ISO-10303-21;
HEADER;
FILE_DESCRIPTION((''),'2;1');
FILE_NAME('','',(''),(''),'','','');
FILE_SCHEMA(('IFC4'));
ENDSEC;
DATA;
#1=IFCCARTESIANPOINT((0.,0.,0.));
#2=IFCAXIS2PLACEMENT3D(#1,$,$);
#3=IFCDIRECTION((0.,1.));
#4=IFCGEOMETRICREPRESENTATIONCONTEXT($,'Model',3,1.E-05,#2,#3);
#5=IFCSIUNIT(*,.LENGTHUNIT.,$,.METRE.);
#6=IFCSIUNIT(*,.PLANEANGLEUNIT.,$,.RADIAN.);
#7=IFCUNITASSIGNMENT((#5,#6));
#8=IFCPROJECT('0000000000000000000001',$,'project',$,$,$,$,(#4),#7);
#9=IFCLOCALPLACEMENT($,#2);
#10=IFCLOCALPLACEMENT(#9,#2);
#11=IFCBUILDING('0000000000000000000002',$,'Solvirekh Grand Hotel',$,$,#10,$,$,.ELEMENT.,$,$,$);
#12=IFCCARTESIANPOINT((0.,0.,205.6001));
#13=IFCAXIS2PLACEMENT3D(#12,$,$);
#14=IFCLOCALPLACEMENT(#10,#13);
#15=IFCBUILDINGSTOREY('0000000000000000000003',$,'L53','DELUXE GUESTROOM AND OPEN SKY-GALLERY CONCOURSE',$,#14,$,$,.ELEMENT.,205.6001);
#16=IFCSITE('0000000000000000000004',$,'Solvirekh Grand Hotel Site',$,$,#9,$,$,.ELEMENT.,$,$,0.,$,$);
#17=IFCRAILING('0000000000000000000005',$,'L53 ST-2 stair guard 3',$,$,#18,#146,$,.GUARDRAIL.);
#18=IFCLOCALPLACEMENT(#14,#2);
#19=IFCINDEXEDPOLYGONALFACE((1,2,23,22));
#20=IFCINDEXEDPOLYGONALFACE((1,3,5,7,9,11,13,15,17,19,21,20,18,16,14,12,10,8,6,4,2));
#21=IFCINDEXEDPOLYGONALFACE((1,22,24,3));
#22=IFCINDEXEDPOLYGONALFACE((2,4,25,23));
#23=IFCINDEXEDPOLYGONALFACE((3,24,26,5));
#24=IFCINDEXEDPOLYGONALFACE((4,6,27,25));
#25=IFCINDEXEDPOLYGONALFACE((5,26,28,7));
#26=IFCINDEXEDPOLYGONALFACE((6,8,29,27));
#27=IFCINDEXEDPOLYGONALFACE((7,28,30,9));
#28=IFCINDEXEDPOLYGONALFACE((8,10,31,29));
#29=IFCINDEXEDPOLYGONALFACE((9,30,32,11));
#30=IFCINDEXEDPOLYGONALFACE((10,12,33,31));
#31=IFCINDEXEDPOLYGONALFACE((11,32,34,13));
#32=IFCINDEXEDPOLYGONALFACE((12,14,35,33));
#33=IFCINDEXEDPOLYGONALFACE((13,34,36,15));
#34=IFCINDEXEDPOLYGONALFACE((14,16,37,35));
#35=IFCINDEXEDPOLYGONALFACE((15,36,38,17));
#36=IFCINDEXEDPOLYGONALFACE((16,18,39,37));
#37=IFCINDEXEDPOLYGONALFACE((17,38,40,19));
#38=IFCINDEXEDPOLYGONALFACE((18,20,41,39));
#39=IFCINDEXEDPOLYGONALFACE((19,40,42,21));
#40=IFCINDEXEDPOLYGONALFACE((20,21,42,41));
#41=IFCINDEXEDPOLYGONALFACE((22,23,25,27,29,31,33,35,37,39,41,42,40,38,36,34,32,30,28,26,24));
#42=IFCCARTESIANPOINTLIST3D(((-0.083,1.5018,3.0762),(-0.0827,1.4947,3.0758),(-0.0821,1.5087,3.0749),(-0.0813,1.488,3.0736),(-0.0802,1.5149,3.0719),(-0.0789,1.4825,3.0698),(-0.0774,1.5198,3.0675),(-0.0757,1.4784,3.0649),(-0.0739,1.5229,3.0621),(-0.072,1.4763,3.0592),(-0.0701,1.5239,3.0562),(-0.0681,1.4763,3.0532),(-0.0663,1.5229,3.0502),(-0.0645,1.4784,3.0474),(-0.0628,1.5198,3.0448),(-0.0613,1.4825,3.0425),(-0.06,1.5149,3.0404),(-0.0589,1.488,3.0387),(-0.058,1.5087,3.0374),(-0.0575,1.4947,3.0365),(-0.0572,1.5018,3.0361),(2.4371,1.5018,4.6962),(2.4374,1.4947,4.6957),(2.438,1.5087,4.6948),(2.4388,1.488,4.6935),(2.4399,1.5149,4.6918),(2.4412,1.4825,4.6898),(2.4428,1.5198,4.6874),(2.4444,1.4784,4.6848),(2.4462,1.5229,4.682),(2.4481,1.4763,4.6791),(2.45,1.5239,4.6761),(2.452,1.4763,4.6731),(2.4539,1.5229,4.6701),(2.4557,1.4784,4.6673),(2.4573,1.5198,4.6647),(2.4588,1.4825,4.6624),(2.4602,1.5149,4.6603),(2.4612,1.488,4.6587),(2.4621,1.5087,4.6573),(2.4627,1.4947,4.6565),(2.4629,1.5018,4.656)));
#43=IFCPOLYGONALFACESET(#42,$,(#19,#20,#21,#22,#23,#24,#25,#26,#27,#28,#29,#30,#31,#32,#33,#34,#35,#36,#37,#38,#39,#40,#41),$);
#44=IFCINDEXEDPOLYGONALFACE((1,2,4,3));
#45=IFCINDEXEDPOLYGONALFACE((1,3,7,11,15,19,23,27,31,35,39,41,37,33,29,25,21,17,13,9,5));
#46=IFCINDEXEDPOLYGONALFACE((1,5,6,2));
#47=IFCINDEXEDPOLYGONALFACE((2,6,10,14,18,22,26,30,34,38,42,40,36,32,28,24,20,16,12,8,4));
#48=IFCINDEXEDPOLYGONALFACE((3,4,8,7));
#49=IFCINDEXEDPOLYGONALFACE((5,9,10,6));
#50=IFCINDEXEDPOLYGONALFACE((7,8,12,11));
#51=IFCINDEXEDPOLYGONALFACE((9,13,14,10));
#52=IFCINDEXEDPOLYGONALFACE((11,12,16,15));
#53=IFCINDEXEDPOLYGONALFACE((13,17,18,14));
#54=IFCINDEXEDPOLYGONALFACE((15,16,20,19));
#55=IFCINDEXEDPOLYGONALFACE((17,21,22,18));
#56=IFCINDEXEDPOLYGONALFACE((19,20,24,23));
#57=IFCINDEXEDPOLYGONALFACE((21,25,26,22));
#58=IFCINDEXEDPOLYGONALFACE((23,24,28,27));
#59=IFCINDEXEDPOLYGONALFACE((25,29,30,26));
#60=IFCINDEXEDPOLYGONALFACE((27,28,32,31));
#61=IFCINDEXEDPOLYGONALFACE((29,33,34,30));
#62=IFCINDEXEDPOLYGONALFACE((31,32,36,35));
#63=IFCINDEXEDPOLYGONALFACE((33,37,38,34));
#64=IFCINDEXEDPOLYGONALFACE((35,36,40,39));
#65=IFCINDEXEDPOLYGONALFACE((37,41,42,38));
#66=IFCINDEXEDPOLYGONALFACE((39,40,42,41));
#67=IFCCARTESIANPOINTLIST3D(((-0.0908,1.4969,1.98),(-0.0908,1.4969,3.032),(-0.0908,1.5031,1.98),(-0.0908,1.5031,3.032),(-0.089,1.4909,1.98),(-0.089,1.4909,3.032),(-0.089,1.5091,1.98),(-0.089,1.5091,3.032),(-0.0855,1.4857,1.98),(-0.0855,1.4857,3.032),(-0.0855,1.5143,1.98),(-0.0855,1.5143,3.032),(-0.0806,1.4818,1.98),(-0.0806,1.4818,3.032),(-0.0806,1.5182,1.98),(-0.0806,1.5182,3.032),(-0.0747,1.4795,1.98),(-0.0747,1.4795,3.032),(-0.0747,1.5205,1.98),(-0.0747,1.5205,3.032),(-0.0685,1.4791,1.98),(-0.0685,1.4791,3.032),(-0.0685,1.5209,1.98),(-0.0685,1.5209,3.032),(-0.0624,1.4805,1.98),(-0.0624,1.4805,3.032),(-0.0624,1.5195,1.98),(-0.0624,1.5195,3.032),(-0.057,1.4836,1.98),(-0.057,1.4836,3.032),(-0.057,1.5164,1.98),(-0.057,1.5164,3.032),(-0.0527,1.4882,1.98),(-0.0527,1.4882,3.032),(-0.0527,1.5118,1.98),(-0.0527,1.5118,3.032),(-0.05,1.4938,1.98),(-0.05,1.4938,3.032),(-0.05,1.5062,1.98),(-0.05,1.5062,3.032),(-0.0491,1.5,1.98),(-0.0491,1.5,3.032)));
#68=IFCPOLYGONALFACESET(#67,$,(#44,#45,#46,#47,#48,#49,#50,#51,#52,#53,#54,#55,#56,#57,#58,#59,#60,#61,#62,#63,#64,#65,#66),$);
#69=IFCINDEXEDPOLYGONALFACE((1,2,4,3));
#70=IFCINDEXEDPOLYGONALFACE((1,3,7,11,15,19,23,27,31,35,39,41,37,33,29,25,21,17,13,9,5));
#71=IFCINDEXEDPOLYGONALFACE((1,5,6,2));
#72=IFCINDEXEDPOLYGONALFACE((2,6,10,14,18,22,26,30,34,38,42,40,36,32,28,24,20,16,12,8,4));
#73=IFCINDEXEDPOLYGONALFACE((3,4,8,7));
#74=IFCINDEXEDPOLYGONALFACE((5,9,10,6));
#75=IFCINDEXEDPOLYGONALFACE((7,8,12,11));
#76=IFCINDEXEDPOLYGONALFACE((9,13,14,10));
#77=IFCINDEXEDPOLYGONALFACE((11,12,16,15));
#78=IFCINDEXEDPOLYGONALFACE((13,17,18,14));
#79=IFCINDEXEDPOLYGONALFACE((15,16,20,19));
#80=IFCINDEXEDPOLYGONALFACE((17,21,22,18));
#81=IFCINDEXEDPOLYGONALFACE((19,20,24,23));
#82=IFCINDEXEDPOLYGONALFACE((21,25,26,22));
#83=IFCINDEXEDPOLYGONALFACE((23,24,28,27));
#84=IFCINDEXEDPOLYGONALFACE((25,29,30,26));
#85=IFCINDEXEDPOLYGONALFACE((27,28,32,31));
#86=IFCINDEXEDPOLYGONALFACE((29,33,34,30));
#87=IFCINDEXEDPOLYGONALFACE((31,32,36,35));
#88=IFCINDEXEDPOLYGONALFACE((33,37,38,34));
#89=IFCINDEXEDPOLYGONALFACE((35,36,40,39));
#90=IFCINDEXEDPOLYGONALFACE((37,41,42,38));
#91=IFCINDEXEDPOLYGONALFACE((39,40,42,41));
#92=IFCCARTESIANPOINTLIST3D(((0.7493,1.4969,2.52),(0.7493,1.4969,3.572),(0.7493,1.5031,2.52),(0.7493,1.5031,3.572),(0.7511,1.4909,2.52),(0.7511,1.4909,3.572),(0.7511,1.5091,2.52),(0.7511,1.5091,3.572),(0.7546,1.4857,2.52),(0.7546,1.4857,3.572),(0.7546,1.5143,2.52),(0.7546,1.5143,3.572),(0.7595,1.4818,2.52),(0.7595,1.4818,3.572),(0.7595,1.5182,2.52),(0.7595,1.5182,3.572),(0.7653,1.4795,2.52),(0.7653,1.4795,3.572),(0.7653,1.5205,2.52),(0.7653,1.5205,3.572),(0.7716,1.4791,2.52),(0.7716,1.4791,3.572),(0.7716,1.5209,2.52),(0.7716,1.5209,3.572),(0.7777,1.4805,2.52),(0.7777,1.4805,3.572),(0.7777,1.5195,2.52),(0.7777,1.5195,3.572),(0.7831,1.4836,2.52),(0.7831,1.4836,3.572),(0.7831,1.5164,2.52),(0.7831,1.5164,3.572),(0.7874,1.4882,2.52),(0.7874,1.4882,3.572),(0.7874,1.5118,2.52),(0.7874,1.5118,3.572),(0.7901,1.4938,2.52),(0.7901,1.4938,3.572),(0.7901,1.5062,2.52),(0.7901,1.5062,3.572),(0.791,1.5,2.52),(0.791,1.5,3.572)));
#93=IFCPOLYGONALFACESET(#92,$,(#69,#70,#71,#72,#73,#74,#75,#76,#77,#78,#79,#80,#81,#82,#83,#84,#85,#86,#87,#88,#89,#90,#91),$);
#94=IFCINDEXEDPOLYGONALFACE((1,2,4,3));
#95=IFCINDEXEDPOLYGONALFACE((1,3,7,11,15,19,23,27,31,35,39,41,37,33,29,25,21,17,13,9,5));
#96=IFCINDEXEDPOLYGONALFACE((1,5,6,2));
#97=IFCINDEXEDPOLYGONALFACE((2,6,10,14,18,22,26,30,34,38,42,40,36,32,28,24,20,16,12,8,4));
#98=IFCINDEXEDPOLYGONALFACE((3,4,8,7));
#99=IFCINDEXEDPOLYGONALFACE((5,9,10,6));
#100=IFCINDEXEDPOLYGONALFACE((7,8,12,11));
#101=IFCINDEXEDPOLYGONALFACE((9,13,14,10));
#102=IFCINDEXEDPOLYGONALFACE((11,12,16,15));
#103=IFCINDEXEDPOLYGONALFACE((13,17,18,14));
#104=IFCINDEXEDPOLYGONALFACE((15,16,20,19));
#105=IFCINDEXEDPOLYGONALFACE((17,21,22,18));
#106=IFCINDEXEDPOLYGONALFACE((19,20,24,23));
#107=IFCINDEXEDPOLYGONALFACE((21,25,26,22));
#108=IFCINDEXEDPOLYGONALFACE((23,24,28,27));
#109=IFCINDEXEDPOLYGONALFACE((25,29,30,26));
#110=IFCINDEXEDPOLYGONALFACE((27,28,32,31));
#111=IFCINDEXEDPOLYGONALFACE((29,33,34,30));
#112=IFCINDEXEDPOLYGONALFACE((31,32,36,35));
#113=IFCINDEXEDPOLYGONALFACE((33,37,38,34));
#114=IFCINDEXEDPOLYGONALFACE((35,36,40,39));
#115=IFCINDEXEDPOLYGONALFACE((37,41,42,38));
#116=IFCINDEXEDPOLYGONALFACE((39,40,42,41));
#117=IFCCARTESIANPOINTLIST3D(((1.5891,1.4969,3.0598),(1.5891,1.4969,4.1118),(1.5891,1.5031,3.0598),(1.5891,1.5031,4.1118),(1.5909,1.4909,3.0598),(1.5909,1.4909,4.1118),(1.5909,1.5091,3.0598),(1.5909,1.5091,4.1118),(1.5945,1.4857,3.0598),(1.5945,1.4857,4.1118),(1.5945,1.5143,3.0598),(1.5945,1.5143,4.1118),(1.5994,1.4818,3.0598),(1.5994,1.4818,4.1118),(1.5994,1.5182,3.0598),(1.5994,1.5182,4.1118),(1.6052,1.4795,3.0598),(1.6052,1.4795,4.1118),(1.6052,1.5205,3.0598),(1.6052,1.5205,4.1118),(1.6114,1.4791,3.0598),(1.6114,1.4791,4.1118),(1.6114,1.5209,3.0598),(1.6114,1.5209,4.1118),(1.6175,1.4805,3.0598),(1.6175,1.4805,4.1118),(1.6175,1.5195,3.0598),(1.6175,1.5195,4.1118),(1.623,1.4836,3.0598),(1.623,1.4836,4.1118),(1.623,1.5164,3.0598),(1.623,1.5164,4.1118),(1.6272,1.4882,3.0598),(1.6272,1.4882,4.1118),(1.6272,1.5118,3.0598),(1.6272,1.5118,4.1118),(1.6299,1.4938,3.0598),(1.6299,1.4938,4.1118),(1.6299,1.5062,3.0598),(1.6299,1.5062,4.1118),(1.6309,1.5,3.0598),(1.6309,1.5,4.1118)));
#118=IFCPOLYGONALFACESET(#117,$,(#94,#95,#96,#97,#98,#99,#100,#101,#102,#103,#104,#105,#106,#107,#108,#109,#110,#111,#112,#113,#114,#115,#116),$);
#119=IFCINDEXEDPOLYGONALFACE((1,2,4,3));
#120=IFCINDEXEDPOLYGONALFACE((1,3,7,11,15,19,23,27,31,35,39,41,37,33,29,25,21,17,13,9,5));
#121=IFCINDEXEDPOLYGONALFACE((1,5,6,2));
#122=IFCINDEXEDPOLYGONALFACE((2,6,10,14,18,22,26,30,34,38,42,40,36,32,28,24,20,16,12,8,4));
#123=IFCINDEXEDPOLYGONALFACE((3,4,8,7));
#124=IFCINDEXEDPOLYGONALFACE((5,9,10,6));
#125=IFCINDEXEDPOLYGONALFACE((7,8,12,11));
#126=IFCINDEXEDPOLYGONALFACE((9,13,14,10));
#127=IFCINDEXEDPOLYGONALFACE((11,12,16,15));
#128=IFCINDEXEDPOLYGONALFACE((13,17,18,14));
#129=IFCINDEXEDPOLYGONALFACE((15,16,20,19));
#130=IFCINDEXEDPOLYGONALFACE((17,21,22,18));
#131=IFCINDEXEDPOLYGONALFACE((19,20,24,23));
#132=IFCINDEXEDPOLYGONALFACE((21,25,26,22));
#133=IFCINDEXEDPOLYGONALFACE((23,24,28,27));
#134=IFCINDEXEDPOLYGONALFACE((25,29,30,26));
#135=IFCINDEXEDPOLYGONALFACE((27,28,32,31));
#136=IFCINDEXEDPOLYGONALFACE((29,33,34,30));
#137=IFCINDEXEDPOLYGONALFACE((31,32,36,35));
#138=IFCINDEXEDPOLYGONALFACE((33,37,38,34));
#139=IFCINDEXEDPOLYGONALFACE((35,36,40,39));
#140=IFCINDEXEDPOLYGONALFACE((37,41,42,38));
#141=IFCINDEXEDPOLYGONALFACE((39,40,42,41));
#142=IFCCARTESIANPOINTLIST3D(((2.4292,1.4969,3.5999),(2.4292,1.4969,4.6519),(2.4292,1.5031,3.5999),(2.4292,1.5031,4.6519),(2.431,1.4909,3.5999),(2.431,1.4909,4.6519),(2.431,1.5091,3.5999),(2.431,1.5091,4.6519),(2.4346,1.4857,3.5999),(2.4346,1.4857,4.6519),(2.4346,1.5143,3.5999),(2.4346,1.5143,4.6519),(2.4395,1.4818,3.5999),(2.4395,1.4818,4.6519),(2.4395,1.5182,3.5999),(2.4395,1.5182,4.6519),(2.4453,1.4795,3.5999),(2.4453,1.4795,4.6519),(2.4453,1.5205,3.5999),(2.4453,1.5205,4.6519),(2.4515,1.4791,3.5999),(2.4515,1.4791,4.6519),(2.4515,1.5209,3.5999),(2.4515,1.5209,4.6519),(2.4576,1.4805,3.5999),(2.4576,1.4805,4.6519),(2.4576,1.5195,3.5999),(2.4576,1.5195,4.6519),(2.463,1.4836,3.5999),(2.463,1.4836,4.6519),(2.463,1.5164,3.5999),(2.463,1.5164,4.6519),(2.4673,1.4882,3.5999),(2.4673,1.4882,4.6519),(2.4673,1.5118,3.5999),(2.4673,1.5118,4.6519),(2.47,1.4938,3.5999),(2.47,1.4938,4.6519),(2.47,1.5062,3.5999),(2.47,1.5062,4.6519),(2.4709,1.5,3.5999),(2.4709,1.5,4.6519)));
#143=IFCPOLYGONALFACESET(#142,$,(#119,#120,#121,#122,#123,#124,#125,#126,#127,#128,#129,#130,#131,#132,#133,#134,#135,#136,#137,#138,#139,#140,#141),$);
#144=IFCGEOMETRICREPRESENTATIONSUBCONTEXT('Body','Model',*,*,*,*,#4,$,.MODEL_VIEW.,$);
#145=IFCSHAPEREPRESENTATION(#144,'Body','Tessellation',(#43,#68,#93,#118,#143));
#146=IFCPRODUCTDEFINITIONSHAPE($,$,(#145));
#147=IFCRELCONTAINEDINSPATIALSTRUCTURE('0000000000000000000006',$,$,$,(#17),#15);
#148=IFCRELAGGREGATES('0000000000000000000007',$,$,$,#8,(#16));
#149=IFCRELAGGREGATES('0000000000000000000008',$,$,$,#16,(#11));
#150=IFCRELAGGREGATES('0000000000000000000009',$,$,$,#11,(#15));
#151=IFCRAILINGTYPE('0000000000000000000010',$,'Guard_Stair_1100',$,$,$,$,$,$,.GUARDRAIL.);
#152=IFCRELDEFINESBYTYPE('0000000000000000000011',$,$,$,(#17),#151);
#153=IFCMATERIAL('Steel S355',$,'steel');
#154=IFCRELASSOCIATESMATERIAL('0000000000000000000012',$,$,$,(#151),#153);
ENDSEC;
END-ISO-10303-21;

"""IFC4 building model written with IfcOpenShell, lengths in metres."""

from ifc_helpers import new_model, si_unit, direction, frame, origin, origin_2d, place, context, subcontext, project, spatial, circle, extrude, material, type_object, element, save


model = new_model("IFC4")

# Units and contexts
model_context = context("Model", 3, precision=1e-05, world=origin(), true_north=direction((0.0, 1.0)))
body_context = subcontext(model_context, "Body", "Model", "MODEL_VIEW")
ifc_project = project(units=[si_unit("LENGTHUNIT", "METRE"), si_unit("PLANEANGLEUNIT", "RADIAN")], contexts=[model_context])

# Site, building, storey
site_placement = place(None, origin())
site = spatial("IfcSite", under=ifc_project, at=site_placement, Name="Solvirekh Grand Hotel Site", CompositionType="ELEMENT", RefElevation=0.0)
building_placement = place(site_placement, origin())
building = spatial("IfcBuilding", under=site, at=building_placement, Name="Solvirekh Grand Hotel", CompositionType="ELEMENT")
storey_placement = place(building_placement, frame((0.0, 0.0, 205.6001)))
storey = spatial("IfcBuildingStorey", under=building, at=storey_placement, Name="L53", Description="DELUXE GUESTROOM AND OPEN SKY-GALLERY CONCOURSE", CompositionType="ELEMENT", Elevation=205.6001)

# Shared definitions
ifc_material_1 = material(Name="Steel S355", Category="steel")

# Railing
railing_type_1 = type_object("IfcRailingType", Name="Guard_Stair_1100", PredefinedType="GUARDRAIL", material=ifc_material_1)
railing_1_placement = place(storey_placement, frame((-0.0701, 1.5, 1.98)))
element("IfcRailing", 1, at=railing_1_placement, inside=storey, type_object=railing_type_1, Name="L53 ST-2 stair guard 3", PredefinedType="GUARDRAIL", context=body_context, shape_type="SweptSolid", body=[
    extrude(circle(Radius=0.0239, at=origin_2d()), frame((0.0, 0.0, 1.0762), z_axis=(0.8412, 0.0, 0.540725), x_axis=(0.0, 1.0, 0.0)), (0.0, 0.0, 1.0), 2.9958),
    extrude(circle(Radius=0.021, at=origin_2d()), origin(), (0.0, 0.0, 1.0), 1.052),
    extrude(circle(Radius=0.021, at=origin_2d()), frame((0.8401, 0.0, 0.54)), (0.0, 0.0, 1.0), 1.052),
    extrude(circle(Radius=0.021, at=origin_2d()), frame((1.6799, 0.0, 1.0798)), (0.0, 0.0, 1.0), 1.052),
    extrude(circle(Radius=0.021, at=origin_2d()), frame((2.52, 0.0, 1.6199)), (0.0, 0.0, 1.0), 1.052),
])

save(model, "model.ifc")
